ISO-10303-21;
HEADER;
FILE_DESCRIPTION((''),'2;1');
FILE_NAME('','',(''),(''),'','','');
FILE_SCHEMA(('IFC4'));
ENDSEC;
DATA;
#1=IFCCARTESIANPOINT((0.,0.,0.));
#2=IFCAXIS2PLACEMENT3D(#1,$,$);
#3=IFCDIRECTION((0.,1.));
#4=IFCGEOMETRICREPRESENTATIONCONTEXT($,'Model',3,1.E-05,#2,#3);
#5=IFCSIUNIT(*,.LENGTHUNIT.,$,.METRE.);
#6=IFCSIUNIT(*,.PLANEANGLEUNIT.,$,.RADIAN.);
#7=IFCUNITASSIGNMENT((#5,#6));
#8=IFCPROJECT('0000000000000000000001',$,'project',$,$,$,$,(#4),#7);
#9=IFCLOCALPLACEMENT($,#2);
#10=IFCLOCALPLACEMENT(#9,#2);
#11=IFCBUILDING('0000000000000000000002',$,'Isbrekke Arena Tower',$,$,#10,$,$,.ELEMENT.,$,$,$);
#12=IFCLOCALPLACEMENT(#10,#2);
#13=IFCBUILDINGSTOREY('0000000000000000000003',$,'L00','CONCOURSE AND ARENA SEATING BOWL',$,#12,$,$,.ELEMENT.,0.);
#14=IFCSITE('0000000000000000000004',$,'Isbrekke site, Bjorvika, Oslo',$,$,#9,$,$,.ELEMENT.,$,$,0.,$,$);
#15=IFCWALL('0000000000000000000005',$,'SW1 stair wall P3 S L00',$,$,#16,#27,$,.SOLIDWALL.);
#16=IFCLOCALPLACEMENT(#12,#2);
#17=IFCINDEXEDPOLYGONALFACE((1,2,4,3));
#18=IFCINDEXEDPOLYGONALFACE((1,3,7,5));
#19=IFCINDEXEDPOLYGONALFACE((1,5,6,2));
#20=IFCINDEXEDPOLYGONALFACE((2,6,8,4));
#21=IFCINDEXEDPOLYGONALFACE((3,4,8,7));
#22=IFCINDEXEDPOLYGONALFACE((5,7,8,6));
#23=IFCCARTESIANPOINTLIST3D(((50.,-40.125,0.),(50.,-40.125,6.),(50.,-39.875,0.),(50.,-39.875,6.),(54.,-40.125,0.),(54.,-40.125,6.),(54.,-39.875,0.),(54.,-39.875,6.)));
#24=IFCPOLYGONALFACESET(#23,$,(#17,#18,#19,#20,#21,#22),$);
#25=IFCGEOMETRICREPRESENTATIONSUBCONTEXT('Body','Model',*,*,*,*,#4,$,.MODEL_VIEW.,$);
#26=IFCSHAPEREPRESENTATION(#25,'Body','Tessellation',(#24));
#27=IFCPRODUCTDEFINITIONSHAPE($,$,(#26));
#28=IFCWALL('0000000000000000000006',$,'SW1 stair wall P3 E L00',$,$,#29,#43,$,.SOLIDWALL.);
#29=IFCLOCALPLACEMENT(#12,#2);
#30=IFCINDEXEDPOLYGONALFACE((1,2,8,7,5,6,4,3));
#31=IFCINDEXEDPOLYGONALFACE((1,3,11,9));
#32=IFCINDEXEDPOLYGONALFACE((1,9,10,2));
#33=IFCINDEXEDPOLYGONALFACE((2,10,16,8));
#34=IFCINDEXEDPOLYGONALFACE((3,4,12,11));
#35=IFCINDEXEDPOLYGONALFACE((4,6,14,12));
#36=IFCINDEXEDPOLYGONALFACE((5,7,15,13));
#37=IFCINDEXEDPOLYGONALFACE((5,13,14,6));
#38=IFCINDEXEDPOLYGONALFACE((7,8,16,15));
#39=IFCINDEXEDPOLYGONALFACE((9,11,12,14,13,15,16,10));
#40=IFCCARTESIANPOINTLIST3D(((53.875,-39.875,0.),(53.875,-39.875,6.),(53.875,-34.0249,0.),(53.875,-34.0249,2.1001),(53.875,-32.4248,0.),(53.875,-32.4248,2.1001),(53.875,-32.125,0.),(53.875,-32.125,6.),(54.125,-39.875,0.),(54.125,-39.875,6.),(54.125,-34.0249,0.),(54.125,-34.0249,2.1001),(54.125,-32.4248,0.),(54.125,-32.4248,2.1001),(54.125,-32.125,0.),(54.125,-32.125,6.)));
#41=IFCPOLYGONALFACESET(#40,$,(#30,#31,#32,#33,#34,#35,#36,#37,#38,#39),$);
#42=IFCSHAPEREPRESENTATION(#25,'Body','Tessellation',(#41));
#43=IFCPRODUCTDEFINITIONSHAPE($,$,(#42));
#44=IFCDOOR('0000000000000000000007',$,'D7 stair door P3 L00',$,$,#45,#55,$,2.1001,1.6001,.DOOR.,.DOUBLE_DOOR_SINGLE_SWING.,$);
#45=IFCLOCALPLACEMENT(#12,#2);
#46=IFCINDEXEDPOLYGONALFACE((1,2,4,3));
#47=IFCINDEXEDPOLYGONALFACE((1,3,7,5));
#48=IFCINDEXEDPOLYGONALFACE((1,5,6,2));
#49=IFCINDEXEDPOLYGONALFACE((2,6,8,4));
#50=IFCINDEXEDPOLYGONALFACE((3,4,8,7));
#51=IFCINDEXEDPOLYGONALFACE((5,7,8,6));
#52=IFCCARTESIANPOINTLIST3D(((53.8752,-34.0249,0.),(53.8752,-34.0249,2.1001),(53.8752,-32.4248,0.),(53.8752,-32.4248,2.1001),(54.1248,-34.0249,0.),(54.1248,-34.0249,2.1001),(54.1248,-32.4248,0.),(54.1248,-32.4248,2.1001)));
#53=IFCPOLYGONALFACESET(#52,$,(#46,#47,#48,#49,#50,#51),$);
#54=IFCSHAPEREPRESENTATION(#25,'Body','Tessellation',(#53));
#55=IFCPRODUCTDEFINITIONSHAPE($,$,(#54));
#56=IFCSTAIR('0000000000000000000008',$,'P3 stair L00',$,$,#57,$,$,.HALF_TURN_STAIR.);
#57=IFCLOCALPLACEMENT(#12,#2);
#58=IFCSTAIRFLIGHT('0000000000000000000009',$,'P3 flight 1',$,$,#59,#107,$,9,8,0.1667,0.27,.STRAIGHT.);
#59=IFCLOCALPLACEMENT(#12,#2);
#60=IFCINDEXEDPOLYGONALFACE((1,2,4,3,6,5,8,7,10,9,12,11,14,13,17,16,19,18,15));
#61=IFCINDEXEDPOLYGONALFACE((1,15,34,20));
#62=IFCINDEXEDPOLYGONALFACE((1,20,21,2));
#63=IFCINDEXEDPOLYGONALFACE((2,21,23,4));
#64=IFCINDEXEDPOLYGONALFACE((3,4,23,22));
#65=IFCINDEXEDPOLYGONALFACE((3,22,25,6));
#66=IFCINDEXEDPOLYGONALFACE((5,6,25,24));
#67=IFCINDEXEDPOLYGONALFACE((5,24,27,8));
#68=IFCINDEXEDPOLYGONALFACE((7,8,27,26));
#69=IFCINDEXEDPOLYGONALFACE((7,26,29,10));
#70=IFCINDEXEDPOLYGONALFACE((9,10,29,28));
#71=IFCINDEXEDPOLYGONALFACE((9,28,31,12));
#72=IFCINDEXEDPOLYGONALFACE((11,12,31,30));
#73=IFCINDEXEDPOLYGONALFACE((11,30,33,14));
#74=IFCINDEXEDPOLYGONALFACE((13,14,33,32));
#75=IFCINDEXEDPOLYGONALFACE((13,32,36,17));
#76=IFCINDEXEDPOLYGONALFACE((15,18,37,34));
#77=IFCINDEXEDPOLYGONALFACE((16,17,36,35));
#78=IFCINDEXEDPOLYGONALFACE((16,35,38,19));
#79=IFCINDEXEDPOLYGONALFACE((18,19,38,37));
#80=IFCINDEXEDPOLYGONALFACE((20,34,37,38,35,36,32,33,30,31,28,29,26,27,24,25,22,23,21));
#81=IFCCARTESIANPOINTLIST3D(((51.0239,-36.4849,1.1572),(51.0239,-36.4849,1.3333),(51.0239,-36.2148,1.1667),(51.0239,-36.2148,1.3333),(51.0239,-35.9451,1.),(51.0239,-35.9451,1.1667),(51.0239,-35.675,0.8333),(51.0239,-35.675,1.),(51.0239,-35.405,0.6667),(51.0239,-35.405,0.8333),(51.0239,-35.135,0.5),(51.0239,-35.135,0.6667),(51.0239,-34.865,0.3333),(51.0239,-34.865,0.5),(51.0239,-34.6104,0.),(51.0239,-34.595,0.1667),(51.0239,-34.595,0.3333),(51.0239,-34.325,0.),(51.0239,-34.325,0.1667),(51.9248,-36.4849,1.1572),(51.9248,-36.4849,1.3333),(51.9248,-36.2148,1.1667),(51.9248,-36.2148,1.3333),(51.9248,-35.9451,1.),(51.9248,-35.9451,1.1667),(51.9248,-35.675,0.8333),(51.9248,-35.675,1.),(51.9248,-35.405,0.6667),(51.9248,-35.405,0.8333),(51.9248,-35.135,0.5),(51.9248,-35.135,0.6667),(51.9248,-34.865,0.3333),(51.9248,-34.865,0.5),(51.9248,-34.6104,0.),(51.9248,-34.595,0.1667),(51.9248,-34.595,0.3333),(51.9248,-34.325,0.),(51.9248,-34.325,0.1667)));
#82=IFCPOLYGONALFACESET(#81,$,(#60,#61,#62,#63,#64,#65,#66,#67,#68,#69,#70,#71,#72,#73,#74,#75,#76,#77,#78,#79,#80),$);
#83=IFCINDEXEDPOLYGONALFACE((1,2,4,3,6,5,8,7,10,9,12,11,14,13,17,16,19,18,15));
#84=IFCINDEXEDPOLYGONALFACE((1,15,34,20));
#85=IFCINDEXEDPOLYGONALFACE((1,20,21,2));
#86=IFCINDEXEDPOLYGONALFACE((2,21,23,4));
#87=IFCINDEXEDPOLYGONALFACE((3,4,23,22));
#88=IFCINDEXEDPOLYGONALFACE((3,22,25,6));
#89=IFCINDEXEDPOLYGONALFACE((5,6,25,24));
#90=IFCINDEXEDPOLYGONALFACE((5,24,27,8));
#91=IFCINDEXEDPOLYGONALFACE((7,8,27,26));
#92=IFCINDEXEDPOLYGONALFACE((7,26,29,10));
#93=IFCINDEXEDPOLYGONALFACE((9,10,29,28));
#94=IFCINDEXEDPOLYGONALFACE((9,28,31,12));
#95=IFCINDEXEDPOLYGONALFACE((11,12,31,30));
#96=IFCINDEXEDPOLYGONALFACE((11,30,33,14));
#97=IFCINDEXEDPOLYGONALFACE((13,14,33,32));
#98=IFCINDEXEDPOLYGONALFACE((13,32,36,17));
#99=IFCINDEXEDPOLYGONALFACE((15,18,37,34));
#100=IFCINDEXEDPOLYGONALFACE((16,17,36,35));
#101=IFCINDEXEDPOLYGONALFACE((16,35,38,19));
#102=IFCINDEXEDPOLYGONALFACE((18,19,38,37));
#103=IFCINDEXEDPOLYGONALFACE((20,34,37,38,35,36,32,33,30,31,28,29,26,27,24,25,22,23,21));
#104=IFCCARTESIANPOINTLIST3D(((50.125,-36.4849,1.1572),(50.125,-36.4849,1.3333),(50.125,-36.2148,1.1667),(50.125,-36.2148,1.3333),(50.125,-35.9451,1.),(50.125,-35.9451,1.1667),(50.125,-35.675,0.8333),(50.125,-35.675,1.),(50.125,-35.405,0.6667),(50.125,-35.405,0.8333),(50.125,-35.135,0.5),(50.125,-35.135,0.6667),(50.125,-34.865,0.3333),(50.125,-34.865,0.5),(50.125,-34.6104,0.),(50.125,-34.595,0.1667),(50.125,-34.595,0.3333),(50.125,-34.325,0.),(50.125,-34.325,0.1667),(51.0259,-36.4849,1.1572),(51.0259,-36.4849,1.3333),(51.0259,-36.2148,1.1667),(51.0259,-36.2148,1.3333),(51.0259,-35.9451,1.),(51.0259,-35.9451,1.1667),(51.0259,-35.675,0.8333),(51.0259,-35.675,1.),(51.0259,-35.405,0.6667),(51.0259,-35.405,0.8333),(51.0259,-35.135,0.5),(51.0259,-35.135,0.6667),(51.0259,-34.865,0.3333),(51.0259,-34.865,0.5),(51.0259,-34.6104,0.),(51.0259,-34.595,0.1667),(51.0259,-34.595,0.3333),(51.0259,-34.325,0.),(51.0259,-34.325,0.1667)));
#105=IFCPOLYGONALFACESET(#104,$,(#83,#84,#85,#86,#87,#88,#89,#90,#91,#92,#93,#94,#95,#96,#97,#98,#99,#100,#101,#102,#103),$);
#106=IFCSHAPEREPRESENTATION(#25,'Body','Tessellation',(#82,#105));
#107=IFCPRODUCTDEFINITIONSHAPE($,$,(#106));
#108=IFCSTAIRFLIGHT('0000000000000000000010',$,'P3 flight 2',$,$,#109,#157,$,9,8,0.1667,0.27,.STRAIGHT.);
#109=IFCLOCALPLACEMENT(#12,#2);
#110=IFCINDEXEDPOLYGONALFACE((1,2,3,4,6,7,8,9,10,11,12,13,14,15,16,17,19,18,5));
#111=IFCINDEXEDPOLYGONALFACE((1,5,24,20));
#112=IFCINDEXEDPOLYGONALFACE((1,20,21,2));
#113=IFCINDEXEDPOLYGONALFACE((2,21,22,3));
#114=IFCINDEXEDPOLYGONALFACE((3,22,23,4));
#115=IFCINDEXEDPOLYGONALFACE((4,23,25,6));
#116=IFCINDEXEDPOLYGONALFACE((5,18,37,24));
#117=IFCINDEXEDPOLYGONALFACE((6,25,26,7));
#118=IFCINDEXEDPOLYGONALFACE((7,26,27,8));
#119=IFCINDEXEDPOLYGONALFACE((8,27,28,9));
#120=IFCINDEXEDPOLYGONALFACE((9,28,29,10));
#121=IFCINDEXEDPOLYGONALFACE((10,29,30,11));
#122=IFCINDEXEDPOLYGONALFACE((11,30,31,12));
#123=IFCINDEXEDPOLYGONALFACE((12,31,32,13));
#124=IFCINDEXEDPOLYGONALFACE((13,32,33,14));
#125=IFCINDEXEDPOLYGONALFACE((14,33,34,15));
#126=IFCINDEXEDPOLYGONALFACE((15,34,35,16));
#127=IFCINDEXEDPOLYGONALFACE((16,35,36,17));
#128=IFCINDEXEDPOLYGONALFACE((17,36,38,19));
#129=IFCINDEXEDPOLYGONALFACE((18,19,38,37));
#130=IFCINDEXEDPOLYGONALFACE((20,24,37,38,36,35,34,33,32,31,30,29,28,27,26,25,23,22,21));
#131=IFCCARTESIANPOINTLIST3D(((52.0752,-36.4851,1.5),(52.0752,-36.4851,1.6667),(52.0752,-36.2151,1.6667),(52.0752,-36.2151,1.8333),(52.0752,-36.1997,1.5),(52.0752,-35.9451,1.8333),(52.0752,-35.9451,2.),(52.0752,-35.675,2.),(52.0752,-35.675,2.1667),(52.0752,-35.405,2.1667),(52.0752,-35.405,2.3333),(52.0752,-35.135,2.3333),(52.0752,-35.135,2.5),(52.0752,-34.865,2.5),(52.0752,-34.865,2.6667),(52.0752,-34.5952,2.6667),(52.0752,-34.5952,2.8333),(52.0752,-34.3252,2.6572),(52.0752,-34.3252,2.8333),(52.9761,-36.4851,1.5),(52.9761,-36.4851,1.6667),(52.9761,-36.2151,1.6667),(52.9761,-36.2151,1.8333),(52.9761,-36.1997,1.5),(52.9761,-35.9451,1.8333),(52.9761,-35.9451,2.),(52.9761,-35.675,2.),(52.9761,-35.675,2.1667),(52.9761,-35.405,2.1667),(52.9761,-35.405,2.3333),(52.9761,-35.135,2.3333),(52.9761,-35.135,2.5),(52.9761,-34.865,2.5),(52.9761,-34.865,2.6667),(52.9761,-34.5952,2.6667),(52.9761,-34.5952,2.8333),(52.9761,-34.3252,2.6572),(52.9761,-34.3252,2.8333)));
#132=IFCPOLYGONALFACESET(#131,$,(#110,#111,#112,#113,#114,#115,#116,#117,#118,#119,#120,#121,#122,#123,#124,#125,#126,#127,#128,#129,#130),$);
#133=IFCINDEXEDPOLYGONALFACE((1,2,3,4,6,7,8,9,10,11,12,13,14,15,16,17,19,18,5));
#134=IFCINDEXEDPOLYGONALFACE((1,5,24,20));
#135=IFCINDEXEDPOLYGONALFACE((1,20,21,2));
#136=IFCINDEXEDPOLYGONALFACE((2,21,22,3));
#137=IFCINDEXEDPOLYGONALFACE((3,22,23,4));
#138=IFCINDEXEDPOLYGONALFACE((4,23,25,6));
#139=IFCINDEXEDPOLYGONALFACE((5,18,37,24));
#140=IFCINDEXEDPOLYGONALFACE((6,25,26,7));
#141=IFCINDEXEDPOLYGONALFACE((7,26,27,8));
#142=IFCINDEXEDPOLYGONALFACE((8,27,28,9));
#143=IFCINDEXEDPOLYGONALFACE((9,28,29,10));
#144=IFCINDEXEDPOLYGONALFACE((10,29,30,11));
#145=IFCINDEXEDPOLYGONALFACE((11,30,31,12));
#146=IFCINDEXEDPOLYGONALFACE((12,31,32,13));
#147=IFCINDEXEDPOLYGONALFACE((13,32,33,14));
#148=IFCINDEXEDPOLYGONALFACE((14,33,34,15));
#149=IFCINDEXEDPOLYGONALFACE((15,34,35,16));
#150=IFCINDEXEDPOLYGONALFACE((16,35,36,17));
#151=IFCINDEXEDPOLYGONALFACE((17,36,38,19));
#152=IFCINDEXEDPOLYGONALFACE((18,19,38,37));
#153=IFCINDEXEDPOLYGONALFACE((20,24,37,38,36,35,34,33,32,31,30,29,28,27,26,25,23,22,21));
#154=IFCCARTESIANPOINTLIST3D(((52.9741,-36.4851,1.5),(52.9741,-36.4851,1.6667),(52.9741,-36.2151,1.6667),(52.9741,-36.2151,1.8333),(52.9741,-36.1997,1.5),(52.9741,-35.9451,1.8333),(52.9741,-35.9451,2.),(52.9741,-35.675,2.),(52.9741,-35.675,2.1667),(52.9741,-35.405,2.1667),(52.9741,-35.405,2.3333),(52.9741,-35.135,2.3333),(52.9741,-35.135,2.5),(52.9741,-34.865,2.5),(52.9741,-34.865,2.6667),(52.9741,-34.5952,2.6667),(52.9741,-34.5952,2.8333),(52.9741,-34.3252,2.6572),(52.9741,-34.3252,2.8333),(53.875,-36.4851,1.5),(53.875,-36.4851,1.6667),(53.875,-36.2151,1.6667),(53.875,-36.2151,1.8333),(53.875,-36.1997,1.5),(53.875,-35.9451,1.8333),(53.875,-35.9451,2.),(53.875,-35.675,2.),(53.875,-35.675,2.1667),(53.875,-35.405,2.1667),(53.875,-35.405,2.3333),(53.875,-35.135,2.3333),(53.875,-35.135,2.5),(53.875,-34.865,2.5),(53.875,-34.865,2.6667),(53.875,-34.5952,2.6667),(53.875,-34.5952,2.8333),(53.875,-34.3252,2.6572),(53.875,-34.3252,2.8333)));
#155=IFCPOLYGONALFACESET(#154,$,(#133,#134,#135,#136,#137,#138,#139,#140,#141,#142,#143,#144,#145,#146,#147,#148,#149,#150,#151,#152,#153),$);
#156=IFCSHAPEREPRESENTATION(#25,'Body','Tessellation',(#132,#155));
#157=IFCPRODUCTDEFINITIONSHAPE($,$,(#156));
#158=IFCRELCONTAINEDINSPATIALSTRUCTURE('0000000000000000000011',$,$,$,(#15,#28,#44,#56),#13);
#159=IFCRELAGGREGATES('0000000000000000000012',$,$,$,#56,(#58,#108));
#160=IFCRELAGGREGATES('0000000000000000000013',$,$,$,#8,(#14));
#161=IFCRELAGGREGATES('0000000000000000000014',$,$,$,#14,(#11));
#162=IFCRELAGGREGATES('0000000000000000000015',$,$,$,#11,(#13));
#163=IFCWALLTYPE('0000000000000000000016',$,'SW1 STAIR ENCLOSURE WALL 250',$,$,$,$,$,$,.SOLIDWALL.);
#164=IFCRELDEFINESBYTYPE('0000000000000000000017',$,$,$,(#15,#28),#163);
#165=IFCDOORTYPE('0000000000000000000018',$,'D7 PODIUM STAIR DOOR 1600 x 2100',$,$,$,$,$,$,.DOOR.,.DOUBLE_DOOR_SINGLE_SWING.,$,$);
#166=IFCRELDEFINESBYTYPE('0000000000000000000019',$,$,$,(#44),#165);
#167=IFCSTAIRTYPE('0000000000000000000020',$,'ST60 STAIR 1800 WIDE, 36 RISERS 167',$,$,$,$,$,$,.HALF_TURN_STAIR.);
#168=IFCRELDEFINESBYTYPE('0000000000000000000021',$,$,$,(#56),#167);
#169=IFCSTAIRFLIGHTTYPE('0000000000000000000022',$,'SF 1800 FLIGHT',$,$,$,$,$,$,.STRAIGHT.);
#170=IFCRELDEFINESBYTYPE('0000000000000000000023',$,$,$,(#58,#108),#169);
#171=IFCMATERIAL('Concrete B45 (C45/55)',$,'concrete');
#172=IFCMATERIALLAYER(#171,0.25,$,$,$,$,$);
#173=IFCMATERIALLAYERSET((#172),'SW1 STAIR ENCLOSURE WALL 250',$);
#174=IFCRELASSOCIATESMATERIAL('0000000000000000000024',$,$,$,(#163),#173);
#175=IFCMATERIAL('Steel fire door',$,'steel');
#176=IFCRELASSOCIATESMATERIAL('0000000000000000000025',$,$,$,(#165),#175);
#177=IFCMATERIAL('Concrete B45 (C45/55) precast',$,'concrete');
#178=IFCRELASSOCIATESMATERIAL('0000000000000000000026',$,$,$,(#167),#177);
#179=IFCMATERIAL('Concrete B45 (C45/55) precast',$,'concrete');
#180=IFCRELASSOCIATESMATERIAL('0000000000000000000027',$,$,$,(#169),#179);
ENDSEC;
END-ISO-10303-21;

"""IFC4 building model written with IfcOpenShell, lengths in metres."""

from ifc_helpers import new_model, si_unit, direction, frame, frame_2d, origin, place, context, subcontext, project, spatial, polyline, rectangle, outline, extrude, material, layer, layer_set, type_object, element, fill, aggregate, save


model = new_model("IFC4")

# Units and contexts
model_context = context("Model", 3, precision=1e-05, world=origin(), true_north=direction((0.0, 1.0)))
body_context = subcontext(model_context, "Body", "Model", "MODEL_VIEW")
ifc_project = project(units=[si_unit("LENGTHUNIT", "METRE"), si_unit("PLANEANGLEUNIT", "RADIAN")], contexts=[model_context])

# Site, building, storey
site_placement = place(None, origin())
site = spatial("IfcSite", under=ifc_project, at=site_placement, Name="Isbrekke site, Bjorvika, Oslo", CompositionType="ELEMENT", RefElevation=0.0)
building_placement = place(site_placement, origin())
building = spatial("IfcBuilding", under=site, at=building_placement, Name="Isbrekke Arena Tower", CompositionType="ELEMENT")
storey_placement = place(building_placement, origin())
storey = spatial("IfcBuildingStorey", under=building, at=storey_placement, Name="L00", Description="CONCOURSE AND ARENA SEATING BOWL", CompositionType="ELEMENT", Elevation=0.0)

# Wall
ifc_material_1 = material(Name="Concrete B45 (C45/55)", Category="concrete")
ifc_layer_1 = layer(ifc_material_1, 0.25)
ifc_layer_set_1 = layer_set([ifc_layer_1], Name="SW1 STAIR ENCLOSURE WALL 250")
wall_type_1 = type_object("IfcWallType", Name="SW1 STAIR ENCLOSURE WALL 250", PredefinedType="SOLIDWALL", material=ifc_layer_set_1)
wall_1_placement = place(storey_placement, frame((50.0, -40.0, 0.0), z_axis=(0.0, 0.0, 1.0), x_axis=(1.0, 0.0, 0.0)))
element("IfcWall", 1, at=wall_1_placement, inside=storey, type_object=wall_type_1, Name="SW1 stair wall P3 S L00", PredefinedType="SOLIDWALL", context=body_context, shape_type="SweptSolid", body=[
    extrude(rectangle(XDim=4.0, YDim=0.25, at=frame_2d((2.0, 0.0))), origin(), (0.0, 0.0, 1.0), 6.0),
])

# Wall, opening, door
wall_2_placement = place(storey_placement, frame((54.0, -39.875, 0.0), z_axis=(0.0, 0.0, 1.0), x_axis=(0.0, 1.0, 0.0)))
wall_2 = element("IfcWall", 2, at=wall_2_placement, inside=storey, type_object=wall_type_1, Name="SW1 stair wall P3 E L00", PredefinedType="SOLIDWALL", context=body_context, shape_type="SweptSolid", body=[
    extrude(rectangle(XDim=7.75, YDim=0.25, at=frame_2d((3.875, 0.0))), origin(), (0.0, 0.0, 1.0), 6.0),
])
opening_1_placement = place(wall_2_placement, frame((5.8501, 0.0, 0.0)))
opening_1 = element("IfcOpeningElement", 3, at=opening_1_placement, cuts=wall_2, PredefinedType="OPENING", context=body_context, shape_type="SweptSolid", body=[
    extrude(rectangle(XDim=1.6001, YDim=2.1001, at=frame_2d((0.8, 1.05))), frame((0.0, 0.1399, 0.0), z_axis=(0.0, -1.0, 0.0), x_axis=(1.0, 0.0, 0.0)), (0.0, 0.0, 1.0), 0.2798),
])
ifc_material_2 = material(Name="Steel fire door", Category="steel")
door_type_1 = type_object("IfcDoorType", Name="D7 PODIUM STAIR DOOR 1600 x 2100", OperationType="DOUBLE_DOOR_SINGLE_SWING", PredefinedType="DOOR", material=ifc_material_2)
door_1_placement = place(opening_1_placement, origin())
door_1 = element("IfcDoor", 4, at=door_1_placement, inside=storey, type_object=door_type_1, Name="D7 stair door P3 L00", OperationType="DOUBLE_DOOR_SINGLE_SWING", OverallHeight=2.1001, OverallWidth=1.6001, PredefinedType="DOOR", context=body_context, shape_type="SweptSolid", body=[
    extrude(rectangle(XDim=1.6001, YDim=2.1001, at=frame_2d((0.8, 1.05))), frame((0.0, 0.1248, 0.0), z_axis=(0.0, -1.0, 0.0), x_axis=(1.0, 0.0, 0.0)), (0.0, 0.0, 1.0), 0.2495),
])
fill(opening_1, door_1)

# Stair, stair flights
ifc_material_3 = material(Name="Concrete B45 (C45/55) precast", Category="concrete")
stair_type = type_object("IfcStairType", Name="ST60 STAIR 1800 WIDE, 36 RISERS 167", PredefinedType="HALF_TURN_STAIR", material=ifc_material_3)
stair_placement = place(storey_placement, origin())
stair = element("IfcStair", 5, at=stair_placement, inside=storey, type_object=stair_type, Name="P3 stair L00", PredefinedType="HALF_TURN_STAIR")
ifc_material_4 = material(Name="Concrete B45 (C45/55) precast", Category="concrete")
stair_flight_type = type_object("IfcStairFlightType", Name="SF 1800 FLIGHT", PredefinedType="STRAIGHT", material=ifc_material_4)
stair_flight_1_placement = place(storey_placement, frame((51.0249, -34.325, 0.0), z_axis=(0.0, 0.0, 1.0), x_axis=(0.0, -1.0, 0.0)))
stair_flight_1 = element("IfcStairFlight", 6, at=stair_flight_1_placement, type_object=stair_flight_type, Name="P3 flight 1", NumberOfRisers=9, NumberOfTreads=8, PredefinedType="STRAIGHT", RiserHeight=0.1667, TreadLength=0.27, context=body_context, shape_type="SweptSolid", body=[
    extrude(outline(polyline([(0.0, 0.0), (0.0, 0.1667), (0.27, 0.1667), (0.27, 0.3333), (0.54, 0.3333), (0.54, 0.5), (0.8101, 0.5), (0.8101, 0.6667), (1.0801, 0.6667), (1.0801, 0.8333), (1.3501, 0.8333), (1.3501, 1.0), (1.6201, 1.0), (1.6201, 1.1667), (1.8899, 1.1667), (1.8899, 1.3333), (2.1599, 1.3333), (2.1599, 1.5), (2.1599, 1.1572), (0.2854, 0.0), (0.0, 0.0)])), frame((0.0, 0.8999, 0.0), z_axis=(0.0, -1.0, 0.0), x_axis=(1.0, 0.0, 0.0)), (0.0, 0.0, 1.0), 0.9009),
    extrude(outline(polyline([(0.0, 0.0), (0.0, 0.1667), (0.27, 0.1667), (0.27, 0.3333), (0.54, 0.3333), (0.54, 0.5), (0.8101, 0.5), (0.8101, 0.6667), (1.0801, 0.6667), (1.0801, 0.8333), (1.3501, 0.8333), (1.3501, 1.0), (1.6201, 1.0), (1.6201, 1.1667), (1.8899, 1.1667), (1.8899, 1.3333), (2.1599, 1.3333), (2.1599, 1.5), (2.1599, 1.1572), (0.2854, 0.0), (0.0, 0.0)])), frame((0.0, 0.001, 0.0), z_axis=(0.0, -1.0, 0.0), x_axis=(1.0, 0.0, 0.0)), (0.0, 0.0, 1.0), 0.9009),
])
stair_flight_2_placement = place(storey_placement, frame((52.9751, -36.4851, 1.5), z_axis=(0.0, 0.0, 1.0), x_axis=(0.0, 1.0, 0.0)))
stair_flight_2 = element("IfcStairFlight", 7, at=stair_flight_2_placement, type_object=stair_flight_type, Name="P3 flight 2", NumberOfRisers=9, NumberOfTreads=8, PredefinedType="STRAIGHT", RiserHeight=0.1667, TreadLength=0.27, context=body_context, shape_type="SweptSolid", body=[
    extrude(outline(polyline([(0.0, 0.0), (0.0, 0.1667), (0.27, 0.1667), (0.27, 0.3333), (0.54, 0.3333), (0.54, 0.5), (0.8101, 0.5), (0.8101, 0.6667), (1.0801, 0.6667), (1.0801, 0.8333), (1.3501, 0.8333), (1.3501, 1.0), (1.6201, 1.0), (1.6201, 1.1667), (1.8899, 1.1667), (1.8899, 1.3333), (2.1599, 1.3333), (2.1599, 1.5), (2.1599, 1.1572), (0.2854, 0.0), (0.0, 0.0)])), frame((0.0, 0.8999, 0.0), z_axis=(0.0, -1.0, 0.0), x_axis=(1.0, 0.0, 0.0)), (0.0, 0.0, 1.0), 0.9009),
    extrude(outline(polyline([(0.0, 0.0), (0.0, 0.1667), (0.27, 0.1667), (0.27, 0.3333), (0.54, 0.3333), (0.54, 0.5), (0.8101, 0.5), (0.8101, 0.6667), (1.0801, 0.6667), (1.0801, 0.8333), (1.3501, 0.8333), (1.3501, 1.0), (1.6201, 1.0), (1.6201, 1.1667), (1.8899, 1.1667), (1.8899, 1.3333), (2.1599, 1.3333), (2.1599, 1.5), (2.1599, 1.1572), (0.2854, 0.0), (0.0, 0.0)])), frame((0.0, 0.001, 0.0), z_axis=(0.0, -1.0, 0.0), x_axis=(1.0, 0.0, 0.0)), (0.0, 0.0, 1.0), 0.9009),
])
aggregate(stair, [stair_flight_1, stair_flight_2])

save(model, "model.ifc")
